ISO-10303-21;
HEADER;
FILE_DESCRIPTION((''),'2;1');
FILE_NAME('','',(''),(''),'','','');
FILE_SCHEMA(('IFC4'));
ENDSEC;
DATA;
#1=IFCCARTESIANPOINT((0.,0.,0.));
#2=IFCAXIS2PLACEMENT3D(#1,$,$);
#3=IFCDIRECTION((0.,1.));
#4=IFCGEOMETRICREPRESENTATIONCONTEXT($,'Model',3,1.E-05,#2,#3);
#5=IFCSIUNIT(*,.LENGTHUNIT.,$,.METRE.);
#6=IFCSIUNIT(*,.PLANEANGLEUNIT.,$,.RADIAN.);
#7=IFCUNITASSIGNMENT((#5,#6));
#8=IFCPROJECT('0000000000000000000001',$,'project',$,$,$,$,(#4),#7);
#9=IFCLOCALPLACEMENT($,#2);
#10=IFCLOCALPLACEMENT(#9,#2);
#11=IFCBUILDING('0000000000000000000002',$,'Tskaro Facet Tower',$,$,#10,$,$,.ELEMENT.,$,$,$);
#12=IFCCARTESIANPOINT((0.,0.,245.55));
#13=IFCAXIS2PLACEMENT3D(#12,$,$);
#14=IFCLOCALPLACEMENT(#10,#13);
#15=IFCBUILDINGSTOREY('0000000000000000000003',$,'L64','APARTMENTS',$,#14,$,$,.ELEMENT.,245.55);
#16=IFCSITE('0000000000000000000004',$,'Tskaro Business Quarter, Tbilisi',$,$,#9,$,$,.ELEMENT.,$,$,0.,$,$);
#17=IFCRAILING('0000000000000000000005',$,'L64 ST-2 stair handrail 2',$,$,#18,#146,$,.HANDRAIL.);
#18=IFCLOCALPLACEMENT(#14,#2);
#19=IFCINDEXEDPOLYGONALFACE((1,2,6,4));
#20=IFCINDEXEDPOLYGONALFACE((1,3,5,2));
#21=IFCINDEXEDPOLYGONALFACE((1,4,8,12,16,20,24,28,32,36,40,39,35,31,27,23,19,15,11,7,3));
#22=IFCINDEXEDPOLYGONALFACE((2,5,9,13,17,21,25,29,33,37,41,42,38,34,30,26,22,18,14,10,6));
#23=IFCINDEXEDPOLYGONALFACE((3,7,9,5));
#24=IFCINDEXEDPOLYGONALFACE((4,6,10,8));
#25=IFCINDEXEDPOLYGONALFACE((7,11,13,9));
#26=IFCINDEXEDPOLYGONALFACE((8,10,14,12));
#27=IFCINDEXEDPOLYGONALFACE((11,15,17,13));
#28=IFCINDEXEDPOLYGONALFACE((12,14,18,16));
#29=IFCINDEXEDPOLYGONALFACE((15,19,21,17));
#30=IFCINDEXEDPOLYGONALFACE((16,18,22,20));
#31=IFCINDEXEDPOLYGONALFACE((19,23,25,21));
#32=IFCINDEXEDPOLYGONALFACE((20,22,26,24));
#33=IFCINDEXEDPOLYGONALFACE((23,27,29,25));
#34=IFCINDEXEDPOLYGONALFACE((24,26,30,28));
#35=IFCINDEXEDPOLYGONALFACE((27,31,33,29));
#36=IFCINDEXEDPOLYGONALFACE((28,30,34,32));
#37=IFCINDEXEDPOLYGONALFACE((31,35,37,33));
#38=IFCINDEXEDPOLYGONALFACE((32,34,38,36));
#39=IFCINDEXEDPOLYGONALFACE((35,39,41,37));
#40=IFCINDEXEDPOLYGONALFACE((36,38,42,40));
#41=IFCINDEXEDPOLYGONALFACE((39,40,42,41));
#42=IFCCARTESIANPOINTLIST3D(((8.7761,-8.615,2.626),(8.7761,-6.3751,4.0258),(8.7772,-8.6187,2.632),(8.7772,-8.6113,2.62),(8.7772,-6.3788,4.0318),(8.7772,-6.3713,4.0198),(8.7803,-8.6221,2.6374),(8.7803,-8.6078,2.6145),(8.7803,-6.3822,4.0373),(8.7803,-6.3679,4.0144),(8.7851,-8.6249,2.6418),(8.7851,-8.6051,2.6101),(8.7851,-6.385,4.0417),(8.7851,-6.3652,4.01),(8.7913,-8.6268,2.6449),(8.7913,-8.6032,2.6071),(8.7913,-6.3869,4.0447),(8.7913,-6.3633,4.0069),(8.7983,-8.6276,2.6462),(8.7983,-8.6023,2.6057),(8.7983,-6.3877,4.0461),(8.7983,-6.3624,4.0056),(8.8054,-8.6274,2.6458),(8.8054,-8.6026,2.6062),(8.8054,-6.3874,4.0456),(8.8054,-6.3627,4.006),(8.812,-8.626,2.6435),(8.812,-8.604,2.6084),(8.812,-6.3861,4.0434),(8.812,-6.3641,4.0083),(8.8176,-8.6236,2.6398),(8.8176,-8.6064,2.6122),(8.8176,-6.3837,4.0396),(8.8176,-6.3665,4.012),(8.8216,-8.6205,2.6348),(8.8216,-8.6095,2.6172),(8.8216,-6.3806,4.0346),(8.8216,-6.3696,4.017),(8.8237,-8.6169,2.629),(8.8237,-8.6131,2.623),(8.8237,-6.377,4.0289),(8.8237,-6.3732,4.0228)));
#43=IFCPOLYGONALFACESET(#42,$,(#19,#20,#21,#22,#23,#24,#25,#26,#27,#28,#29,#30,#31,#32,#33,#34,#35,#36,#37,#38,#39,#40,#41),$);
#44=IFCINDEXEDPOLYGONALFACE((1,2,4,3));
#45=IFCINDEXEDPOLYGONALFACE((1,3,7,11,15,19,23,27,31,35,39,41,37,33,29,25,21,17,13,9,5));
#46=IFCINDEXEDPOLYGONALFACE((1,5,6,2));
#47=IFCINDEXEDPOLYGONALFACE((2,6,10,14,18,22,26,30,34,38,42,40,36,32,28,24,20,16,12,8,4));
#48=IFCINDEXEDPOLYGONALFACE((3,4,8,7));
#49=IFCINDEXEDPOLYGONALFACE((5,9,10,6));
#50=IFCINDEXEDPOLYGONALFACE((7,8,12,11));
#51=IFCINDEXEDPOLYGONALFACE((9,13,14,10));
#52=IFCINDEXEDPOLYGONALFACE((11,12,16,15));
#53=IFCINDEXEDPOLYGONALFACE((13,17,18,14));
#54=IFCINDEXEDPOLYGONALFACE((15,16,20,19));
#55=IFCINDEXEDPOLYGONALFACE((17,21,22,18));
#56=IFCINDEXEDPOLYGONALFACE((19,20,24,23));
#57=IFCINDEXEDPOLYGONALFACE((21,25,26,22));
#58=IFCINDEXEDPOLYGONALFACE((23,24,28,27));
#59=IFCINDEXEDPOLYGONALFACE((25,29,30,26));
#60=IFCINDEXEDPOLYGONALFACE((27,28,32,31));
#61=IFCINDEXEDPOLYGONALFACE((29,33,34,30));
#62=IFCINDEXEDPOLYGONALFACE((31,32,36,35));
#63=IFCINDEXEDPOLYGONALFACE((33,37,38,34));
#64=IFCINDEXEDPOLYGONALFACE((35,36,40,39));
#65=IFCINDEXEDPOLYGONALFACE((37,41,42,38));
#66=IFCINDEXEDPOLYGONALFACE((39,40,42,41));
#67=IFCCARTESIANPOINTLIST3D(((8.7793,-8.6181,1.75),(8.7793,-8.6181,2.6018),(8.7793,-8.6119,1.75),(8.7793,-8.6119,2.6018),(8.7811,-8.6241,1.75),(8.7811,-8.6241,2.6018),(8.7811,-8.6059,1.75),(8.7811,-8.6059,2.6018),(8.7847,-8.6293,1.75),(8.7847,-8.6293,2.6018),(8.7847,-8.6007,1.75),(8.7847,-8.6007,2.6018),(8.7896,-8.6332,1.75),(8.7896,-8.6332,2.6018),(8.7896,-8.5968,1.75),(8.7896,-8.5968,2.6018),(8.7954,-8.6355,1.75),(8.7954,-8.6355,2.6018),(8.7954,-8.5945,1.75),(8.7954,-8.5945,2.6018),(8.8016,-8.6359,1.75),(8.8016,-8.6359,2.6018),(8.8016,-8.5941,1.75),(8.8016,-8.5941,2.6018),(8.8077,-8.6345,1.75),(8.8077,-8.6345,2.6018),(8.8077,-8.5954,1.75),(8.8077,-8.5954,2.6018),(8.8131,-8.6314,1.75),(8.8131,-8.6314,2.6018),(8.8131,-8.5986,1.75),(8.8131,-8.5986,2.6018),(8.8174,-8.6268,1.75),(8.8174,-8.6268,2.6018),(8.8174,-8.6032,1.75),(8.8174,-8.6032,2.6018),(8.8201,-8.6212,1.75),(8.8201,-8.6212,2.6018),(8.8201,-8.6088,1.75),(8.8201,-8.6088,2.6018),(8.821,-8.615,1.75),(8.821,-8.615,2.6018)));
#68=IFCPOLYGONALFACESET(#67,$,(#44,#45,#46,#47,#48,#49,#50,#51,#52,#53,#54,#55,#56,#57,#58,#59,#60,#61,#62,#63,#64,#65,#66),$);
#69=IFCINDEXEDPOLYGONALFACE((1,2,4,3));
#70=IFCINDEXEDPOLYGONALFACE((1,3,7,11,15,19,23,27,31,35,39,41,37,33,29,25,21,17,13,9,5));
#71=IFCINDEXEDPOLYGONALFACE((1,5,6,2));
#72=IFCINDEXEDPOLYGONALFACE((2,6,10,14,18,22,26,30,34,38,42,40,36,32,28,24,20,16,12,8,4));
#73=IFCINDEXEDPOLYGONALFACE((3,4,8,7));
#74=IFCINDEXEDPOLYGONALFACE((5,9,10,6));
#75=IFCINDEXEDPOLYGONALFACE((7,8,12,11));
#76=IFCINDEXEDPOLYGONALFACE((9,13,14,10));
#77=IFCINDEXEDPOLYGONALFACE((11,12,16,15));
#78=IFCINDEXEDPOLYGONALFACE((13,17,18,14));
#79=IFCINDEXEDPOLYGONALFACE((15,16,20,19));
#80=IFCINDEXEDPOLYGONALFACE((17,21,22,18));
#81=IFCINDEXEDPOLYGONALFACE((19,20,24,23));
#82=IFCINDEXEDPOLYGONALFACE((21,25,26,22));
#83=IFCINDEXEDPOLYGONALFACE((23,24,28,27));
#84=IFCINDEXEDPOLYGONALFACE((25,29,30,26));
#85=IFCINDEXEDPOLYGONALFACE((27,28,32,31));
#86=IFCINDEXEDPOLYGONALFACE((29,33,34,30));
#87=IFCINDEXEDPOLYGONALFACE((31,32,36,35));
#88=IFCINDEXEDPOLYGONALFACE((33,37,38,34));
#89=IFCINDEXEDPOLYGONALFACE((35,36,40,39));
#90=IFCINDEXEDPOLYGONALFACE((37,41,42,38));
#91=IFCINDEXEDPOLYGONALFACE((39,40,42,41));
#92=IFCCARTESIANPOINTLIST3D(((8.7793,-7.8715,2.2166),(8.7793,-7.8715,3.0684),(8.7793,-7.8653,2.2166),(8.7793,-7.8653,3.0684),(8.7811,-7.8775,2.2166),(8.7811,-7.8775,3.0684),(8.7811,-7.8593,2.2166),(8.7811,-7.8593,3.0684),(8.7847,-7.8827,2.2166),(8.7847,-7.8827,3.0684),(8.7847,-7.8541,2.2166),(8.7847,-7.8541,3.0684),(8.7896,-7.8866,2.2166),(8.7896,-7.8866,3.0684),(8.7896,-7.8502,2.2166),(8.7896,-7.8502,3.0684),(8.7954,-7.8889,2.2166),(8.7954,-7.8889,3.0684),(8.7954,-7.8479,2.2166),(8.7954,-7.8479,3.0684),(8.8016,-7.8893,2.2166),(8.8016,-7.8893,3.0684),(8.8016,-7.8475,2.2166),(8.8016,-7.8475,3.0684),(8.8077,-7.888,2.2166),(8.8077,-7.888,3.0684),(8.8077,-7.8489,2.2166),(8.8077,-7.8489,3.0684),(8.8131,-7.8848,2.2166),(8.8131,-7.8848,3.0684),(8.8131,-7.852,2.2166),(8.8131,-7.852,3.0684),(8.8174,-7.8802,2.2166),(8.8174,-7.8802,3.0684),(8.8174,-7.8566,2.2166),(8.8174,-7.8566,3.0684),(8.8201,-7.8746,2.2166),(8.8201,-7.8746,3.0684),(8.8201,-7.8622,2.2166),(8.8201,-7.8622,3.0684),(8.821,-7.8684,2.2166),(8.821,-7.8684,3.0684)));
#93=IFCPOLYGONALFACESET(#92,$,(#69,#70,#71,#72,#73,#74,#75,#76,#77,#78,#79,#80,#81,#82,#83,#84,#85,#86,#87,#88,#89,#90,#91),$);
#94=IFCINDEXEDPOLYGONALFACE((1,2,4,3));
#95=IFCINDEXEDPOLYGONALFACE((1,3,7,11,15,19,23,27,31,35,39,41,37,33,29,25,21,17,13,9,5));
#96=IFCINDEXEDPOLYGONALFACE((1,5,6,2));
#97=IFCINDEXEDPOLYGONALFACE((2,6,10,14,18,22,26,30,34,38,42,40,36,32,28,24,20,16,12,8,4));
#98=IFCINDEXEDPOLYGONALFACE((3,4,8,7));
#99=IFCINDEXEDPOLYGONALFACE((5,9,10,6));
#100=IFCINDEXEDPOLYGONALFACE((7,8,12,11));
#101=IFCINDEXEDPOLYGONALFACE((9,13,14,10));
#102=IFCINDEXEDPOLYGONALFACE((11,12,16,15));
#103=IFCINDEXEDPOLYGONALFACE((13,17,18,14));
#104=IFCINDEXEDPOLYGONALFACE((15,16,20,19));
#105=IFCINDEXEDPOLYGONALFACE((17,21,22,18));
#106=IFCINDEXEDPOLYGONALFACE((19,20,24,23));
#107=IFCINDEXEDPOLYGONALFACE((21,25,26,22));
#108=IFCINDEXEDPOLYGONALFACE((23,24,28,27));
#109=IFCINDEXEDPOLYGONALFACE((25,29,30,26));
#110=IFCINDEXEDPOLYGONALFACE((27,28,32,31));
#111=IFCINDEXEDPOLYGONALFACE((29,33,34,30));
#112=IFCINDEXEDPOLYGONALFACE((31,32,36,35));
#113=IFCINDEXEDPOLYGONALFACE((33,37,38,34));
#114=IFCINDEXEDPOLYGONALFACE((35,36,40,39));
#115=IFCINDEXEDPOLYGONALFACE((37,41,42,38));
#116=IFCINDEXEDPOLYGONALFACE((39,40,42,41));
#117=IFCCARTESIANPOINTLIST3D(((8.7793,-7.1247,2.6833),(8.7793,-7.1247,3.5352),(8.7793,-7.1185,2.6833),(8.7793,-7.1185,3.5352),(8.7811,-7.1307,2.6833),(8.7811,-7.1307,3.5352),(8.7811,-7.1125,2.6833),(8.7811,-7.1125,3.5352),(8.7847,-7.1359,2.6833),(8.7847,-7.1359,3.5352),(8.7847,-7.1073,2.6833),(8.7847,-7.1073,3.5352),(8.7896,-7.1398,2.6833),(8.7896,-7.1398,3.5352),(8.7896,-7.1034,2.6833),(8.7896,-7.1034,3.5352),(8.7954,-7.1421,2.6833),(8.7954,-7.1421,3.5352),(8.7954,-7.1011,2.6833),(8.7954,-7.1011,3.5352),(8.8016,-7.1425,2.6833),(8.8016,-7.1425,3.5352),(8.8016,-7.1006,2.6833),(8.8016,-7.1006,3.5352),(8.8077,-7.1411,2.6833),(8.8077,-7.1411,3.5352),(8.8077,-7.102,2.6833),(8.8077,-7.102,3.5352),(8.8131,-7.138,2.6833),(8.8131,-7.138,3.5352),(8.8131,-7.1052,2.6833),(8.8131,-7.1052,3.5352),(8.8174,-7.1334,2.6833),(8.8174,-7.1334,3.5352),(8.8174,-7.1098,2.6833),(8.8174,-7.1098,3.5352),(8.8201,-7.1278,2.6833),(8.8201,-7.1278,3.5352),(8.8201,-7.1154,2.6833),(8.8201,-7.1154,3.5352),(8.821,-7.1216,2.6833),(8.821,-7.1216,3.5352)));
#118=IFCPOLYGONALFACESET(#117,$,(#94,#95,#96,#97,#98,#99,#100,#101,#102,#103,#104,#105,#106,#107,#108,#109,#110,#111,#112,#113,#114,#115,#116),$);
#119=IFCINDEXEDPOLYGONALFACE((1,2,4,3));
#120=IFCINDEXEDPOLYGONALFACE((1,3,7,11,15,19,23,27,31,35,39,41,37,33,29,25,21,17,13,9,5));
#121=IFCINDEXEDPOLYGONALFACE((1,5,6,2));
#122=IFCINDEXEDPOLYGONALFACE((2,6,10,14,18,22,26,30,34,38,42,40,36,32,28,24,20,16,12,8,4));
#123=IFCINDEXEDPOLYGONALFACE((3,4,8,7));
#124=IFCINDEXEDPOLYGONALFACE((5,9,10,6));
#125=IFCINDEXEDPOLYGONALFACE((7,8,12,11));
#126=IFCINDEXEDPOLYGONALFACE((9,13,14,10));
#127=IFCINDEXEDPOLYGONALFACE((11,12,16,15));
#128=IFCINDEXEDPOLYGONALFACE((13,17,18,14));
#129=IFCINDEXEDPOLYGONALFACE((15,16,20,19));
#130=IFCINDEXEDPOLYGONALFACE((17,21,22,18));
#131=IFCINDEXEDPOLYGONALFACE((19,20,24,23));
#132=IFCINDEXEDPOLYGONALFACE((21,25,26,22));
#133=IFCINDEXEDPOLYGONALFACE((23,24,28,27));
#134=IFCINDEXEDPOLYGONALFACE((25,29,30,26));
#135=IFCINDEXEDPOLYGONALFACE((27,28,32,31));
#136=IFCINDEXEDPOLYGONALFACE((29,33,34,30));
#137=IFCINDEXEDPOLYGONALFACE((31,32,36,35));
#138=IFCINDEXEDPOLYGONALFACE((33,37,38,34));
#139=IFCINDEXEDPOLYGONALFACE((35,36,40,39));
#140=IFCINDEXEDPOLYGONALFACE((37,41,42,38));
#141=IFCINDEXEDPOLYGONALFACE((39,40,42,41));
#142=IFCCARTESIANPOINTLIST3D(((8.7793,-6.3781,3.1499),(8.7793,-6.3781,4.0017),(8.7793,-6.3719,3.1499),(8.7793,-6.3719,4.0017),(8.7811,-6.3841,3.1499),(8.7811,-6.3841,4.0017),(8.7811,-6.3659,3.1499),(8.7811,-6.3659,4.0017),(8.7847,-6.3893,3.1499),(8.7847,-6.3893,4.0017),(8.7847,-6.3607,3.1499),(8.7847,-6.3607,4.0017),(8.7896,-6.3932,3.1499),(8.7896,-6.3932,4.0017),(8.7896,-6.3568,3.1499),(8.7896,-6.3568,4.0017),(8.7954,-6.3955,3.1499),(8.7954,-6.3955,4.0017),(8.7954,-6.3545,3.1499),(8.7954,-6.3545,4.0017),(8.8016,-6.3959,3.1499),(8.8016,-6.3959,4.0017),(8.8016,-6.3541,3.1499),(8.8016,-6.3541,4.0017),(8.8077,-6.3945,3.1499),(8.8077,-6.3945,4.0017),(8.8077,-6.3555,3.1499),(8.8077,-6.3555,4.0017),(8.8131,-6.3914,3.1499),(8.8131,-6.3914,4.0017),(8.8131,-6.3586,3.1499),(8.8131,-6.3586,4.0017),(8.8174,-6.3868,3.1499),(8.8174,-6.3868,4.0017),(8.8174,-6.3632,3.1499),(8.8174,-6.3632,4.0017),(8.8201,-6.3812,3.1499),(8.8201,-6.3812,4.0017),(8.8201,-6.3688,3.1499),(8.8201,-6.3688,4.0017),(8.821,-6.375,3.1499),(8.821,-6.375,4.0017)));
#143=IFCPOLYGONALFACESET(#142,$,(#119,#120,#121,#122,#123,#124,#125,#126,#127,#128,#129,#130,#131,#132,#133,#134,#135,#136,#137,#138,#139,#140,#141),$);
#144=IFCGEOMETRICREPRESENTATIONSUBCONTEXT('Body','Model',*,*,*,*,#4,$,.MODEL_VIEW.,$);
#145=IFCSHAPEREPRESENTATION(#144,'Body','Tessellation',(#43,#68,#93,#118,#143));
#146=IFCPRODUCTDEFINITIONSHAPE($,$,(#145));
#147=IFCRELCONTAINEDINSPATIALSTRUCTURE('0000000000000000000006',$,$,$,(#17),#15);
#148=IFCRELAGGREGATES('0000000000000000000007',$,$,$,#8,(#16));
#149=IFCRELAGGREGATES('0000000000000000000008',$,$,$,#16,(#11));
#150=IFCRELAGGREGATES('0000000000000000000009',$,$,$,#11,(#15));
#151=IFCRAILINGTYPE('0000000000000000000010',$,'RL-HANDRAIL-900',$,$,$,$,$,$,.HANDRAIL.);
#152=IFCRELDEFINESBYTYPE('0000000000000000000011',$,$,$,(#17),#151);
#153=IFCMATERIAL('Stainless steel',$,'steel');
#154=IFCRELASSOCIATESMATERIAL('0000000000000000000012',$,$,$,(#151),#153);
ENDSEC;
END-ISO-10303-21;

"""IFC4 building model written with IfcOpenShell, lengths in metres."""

from ifc_helpers import new_model, si_unit, direction, frame, origin, origin_2d, place, context, subcontext, project, spatial, circle, extrude, material, type_object, element, save


model = new_model("IFC4")

# Units and contexts
model_context = context("Model", 3, precision=1e-05, world=origin(), true_north=direction((0.0, 1.0)))
body_context = subcontext(model_context, "Body", "Model", "MODEL_VIEW")
ifc_project = project(units=[si_unit("LENGTHUNIT", "METRE"), si_unit("PLANEANGLEUNIT", "RADIAN")], contexts=[model_context])

# Site, building, storey
site_placement = place(None, origin())
site = spatial("IfcSite", under=ifc_project, at=site_placement, Name="Tskaro Business Quarter, Tbilisi", CompositionType="ELEMENT", RefElevation=0.0)
building_placement = place(site_placement, origin())
building = spatial("IfcBuilding", under=site, at=building_placement, Name="Tskaro Facet Tower", CompositionType="ELEMENT")
storey_placement = place(building_placement, frame((0.0, 0.0, 245.55)))
storey = spatial("IfcBuildingStorey", under=building, at=storey_placement, Name="L64", Description="APARTMENTS", CompositionType="ELEMENT", Elevation=245.55)

# Railing
ifc_material_1 = material(Name="Stainless steel", Category="steel")
railing_type = type_object("IfcRailingType", Name="RL-HANDRAIL-900", PredefinedType="HANDRAIL", material=ifc_material_1)
railing_placement = place(storey_placement, frame((8.8, -8.615, 1.75)))
element("IfcRailing", 1, at=railing_placement, inside=storey, type_object=railing_type, Name="L64 ST-2 stair handrail 2", PredefinedType="HANDRAIL", context=body_context, shape_type="SweptSolid", body=[
    extrude(circle(Radius=0.0239, at=origin_2d()), frame((0.0, 0.0, 0.876), z_axis=(0.0, 0.848014, 0.529974), x_axis=(-1.0, 0.0, 0.0)), (0.0, 0.0, 1.0), 2.6414),
    extrude(circle(Radius=0.021, at=origin_2d()), origin(), (0.0, 0.0, 1.0), 0.8518),
    extrude(circle(Radius=0.021, at=origin_2d()), frame((0.0, 0.7466, 0.4666)), (0.0, 0.0, 1.0), 0.8518),
    extrude(circle(Radius=0.021, at=origin_2d()), frame((0.0, 1.4934, 0.9333)), (0.0, 0.0, 1.0), 0.8518),
    extrude(circle(Radius=0.021, at=origin_2d()), frame((0.0, 2.24, 1.3999)), (0.0, 0.0, 1.0), 0.8518),
])

save(model, "model.ifc")
